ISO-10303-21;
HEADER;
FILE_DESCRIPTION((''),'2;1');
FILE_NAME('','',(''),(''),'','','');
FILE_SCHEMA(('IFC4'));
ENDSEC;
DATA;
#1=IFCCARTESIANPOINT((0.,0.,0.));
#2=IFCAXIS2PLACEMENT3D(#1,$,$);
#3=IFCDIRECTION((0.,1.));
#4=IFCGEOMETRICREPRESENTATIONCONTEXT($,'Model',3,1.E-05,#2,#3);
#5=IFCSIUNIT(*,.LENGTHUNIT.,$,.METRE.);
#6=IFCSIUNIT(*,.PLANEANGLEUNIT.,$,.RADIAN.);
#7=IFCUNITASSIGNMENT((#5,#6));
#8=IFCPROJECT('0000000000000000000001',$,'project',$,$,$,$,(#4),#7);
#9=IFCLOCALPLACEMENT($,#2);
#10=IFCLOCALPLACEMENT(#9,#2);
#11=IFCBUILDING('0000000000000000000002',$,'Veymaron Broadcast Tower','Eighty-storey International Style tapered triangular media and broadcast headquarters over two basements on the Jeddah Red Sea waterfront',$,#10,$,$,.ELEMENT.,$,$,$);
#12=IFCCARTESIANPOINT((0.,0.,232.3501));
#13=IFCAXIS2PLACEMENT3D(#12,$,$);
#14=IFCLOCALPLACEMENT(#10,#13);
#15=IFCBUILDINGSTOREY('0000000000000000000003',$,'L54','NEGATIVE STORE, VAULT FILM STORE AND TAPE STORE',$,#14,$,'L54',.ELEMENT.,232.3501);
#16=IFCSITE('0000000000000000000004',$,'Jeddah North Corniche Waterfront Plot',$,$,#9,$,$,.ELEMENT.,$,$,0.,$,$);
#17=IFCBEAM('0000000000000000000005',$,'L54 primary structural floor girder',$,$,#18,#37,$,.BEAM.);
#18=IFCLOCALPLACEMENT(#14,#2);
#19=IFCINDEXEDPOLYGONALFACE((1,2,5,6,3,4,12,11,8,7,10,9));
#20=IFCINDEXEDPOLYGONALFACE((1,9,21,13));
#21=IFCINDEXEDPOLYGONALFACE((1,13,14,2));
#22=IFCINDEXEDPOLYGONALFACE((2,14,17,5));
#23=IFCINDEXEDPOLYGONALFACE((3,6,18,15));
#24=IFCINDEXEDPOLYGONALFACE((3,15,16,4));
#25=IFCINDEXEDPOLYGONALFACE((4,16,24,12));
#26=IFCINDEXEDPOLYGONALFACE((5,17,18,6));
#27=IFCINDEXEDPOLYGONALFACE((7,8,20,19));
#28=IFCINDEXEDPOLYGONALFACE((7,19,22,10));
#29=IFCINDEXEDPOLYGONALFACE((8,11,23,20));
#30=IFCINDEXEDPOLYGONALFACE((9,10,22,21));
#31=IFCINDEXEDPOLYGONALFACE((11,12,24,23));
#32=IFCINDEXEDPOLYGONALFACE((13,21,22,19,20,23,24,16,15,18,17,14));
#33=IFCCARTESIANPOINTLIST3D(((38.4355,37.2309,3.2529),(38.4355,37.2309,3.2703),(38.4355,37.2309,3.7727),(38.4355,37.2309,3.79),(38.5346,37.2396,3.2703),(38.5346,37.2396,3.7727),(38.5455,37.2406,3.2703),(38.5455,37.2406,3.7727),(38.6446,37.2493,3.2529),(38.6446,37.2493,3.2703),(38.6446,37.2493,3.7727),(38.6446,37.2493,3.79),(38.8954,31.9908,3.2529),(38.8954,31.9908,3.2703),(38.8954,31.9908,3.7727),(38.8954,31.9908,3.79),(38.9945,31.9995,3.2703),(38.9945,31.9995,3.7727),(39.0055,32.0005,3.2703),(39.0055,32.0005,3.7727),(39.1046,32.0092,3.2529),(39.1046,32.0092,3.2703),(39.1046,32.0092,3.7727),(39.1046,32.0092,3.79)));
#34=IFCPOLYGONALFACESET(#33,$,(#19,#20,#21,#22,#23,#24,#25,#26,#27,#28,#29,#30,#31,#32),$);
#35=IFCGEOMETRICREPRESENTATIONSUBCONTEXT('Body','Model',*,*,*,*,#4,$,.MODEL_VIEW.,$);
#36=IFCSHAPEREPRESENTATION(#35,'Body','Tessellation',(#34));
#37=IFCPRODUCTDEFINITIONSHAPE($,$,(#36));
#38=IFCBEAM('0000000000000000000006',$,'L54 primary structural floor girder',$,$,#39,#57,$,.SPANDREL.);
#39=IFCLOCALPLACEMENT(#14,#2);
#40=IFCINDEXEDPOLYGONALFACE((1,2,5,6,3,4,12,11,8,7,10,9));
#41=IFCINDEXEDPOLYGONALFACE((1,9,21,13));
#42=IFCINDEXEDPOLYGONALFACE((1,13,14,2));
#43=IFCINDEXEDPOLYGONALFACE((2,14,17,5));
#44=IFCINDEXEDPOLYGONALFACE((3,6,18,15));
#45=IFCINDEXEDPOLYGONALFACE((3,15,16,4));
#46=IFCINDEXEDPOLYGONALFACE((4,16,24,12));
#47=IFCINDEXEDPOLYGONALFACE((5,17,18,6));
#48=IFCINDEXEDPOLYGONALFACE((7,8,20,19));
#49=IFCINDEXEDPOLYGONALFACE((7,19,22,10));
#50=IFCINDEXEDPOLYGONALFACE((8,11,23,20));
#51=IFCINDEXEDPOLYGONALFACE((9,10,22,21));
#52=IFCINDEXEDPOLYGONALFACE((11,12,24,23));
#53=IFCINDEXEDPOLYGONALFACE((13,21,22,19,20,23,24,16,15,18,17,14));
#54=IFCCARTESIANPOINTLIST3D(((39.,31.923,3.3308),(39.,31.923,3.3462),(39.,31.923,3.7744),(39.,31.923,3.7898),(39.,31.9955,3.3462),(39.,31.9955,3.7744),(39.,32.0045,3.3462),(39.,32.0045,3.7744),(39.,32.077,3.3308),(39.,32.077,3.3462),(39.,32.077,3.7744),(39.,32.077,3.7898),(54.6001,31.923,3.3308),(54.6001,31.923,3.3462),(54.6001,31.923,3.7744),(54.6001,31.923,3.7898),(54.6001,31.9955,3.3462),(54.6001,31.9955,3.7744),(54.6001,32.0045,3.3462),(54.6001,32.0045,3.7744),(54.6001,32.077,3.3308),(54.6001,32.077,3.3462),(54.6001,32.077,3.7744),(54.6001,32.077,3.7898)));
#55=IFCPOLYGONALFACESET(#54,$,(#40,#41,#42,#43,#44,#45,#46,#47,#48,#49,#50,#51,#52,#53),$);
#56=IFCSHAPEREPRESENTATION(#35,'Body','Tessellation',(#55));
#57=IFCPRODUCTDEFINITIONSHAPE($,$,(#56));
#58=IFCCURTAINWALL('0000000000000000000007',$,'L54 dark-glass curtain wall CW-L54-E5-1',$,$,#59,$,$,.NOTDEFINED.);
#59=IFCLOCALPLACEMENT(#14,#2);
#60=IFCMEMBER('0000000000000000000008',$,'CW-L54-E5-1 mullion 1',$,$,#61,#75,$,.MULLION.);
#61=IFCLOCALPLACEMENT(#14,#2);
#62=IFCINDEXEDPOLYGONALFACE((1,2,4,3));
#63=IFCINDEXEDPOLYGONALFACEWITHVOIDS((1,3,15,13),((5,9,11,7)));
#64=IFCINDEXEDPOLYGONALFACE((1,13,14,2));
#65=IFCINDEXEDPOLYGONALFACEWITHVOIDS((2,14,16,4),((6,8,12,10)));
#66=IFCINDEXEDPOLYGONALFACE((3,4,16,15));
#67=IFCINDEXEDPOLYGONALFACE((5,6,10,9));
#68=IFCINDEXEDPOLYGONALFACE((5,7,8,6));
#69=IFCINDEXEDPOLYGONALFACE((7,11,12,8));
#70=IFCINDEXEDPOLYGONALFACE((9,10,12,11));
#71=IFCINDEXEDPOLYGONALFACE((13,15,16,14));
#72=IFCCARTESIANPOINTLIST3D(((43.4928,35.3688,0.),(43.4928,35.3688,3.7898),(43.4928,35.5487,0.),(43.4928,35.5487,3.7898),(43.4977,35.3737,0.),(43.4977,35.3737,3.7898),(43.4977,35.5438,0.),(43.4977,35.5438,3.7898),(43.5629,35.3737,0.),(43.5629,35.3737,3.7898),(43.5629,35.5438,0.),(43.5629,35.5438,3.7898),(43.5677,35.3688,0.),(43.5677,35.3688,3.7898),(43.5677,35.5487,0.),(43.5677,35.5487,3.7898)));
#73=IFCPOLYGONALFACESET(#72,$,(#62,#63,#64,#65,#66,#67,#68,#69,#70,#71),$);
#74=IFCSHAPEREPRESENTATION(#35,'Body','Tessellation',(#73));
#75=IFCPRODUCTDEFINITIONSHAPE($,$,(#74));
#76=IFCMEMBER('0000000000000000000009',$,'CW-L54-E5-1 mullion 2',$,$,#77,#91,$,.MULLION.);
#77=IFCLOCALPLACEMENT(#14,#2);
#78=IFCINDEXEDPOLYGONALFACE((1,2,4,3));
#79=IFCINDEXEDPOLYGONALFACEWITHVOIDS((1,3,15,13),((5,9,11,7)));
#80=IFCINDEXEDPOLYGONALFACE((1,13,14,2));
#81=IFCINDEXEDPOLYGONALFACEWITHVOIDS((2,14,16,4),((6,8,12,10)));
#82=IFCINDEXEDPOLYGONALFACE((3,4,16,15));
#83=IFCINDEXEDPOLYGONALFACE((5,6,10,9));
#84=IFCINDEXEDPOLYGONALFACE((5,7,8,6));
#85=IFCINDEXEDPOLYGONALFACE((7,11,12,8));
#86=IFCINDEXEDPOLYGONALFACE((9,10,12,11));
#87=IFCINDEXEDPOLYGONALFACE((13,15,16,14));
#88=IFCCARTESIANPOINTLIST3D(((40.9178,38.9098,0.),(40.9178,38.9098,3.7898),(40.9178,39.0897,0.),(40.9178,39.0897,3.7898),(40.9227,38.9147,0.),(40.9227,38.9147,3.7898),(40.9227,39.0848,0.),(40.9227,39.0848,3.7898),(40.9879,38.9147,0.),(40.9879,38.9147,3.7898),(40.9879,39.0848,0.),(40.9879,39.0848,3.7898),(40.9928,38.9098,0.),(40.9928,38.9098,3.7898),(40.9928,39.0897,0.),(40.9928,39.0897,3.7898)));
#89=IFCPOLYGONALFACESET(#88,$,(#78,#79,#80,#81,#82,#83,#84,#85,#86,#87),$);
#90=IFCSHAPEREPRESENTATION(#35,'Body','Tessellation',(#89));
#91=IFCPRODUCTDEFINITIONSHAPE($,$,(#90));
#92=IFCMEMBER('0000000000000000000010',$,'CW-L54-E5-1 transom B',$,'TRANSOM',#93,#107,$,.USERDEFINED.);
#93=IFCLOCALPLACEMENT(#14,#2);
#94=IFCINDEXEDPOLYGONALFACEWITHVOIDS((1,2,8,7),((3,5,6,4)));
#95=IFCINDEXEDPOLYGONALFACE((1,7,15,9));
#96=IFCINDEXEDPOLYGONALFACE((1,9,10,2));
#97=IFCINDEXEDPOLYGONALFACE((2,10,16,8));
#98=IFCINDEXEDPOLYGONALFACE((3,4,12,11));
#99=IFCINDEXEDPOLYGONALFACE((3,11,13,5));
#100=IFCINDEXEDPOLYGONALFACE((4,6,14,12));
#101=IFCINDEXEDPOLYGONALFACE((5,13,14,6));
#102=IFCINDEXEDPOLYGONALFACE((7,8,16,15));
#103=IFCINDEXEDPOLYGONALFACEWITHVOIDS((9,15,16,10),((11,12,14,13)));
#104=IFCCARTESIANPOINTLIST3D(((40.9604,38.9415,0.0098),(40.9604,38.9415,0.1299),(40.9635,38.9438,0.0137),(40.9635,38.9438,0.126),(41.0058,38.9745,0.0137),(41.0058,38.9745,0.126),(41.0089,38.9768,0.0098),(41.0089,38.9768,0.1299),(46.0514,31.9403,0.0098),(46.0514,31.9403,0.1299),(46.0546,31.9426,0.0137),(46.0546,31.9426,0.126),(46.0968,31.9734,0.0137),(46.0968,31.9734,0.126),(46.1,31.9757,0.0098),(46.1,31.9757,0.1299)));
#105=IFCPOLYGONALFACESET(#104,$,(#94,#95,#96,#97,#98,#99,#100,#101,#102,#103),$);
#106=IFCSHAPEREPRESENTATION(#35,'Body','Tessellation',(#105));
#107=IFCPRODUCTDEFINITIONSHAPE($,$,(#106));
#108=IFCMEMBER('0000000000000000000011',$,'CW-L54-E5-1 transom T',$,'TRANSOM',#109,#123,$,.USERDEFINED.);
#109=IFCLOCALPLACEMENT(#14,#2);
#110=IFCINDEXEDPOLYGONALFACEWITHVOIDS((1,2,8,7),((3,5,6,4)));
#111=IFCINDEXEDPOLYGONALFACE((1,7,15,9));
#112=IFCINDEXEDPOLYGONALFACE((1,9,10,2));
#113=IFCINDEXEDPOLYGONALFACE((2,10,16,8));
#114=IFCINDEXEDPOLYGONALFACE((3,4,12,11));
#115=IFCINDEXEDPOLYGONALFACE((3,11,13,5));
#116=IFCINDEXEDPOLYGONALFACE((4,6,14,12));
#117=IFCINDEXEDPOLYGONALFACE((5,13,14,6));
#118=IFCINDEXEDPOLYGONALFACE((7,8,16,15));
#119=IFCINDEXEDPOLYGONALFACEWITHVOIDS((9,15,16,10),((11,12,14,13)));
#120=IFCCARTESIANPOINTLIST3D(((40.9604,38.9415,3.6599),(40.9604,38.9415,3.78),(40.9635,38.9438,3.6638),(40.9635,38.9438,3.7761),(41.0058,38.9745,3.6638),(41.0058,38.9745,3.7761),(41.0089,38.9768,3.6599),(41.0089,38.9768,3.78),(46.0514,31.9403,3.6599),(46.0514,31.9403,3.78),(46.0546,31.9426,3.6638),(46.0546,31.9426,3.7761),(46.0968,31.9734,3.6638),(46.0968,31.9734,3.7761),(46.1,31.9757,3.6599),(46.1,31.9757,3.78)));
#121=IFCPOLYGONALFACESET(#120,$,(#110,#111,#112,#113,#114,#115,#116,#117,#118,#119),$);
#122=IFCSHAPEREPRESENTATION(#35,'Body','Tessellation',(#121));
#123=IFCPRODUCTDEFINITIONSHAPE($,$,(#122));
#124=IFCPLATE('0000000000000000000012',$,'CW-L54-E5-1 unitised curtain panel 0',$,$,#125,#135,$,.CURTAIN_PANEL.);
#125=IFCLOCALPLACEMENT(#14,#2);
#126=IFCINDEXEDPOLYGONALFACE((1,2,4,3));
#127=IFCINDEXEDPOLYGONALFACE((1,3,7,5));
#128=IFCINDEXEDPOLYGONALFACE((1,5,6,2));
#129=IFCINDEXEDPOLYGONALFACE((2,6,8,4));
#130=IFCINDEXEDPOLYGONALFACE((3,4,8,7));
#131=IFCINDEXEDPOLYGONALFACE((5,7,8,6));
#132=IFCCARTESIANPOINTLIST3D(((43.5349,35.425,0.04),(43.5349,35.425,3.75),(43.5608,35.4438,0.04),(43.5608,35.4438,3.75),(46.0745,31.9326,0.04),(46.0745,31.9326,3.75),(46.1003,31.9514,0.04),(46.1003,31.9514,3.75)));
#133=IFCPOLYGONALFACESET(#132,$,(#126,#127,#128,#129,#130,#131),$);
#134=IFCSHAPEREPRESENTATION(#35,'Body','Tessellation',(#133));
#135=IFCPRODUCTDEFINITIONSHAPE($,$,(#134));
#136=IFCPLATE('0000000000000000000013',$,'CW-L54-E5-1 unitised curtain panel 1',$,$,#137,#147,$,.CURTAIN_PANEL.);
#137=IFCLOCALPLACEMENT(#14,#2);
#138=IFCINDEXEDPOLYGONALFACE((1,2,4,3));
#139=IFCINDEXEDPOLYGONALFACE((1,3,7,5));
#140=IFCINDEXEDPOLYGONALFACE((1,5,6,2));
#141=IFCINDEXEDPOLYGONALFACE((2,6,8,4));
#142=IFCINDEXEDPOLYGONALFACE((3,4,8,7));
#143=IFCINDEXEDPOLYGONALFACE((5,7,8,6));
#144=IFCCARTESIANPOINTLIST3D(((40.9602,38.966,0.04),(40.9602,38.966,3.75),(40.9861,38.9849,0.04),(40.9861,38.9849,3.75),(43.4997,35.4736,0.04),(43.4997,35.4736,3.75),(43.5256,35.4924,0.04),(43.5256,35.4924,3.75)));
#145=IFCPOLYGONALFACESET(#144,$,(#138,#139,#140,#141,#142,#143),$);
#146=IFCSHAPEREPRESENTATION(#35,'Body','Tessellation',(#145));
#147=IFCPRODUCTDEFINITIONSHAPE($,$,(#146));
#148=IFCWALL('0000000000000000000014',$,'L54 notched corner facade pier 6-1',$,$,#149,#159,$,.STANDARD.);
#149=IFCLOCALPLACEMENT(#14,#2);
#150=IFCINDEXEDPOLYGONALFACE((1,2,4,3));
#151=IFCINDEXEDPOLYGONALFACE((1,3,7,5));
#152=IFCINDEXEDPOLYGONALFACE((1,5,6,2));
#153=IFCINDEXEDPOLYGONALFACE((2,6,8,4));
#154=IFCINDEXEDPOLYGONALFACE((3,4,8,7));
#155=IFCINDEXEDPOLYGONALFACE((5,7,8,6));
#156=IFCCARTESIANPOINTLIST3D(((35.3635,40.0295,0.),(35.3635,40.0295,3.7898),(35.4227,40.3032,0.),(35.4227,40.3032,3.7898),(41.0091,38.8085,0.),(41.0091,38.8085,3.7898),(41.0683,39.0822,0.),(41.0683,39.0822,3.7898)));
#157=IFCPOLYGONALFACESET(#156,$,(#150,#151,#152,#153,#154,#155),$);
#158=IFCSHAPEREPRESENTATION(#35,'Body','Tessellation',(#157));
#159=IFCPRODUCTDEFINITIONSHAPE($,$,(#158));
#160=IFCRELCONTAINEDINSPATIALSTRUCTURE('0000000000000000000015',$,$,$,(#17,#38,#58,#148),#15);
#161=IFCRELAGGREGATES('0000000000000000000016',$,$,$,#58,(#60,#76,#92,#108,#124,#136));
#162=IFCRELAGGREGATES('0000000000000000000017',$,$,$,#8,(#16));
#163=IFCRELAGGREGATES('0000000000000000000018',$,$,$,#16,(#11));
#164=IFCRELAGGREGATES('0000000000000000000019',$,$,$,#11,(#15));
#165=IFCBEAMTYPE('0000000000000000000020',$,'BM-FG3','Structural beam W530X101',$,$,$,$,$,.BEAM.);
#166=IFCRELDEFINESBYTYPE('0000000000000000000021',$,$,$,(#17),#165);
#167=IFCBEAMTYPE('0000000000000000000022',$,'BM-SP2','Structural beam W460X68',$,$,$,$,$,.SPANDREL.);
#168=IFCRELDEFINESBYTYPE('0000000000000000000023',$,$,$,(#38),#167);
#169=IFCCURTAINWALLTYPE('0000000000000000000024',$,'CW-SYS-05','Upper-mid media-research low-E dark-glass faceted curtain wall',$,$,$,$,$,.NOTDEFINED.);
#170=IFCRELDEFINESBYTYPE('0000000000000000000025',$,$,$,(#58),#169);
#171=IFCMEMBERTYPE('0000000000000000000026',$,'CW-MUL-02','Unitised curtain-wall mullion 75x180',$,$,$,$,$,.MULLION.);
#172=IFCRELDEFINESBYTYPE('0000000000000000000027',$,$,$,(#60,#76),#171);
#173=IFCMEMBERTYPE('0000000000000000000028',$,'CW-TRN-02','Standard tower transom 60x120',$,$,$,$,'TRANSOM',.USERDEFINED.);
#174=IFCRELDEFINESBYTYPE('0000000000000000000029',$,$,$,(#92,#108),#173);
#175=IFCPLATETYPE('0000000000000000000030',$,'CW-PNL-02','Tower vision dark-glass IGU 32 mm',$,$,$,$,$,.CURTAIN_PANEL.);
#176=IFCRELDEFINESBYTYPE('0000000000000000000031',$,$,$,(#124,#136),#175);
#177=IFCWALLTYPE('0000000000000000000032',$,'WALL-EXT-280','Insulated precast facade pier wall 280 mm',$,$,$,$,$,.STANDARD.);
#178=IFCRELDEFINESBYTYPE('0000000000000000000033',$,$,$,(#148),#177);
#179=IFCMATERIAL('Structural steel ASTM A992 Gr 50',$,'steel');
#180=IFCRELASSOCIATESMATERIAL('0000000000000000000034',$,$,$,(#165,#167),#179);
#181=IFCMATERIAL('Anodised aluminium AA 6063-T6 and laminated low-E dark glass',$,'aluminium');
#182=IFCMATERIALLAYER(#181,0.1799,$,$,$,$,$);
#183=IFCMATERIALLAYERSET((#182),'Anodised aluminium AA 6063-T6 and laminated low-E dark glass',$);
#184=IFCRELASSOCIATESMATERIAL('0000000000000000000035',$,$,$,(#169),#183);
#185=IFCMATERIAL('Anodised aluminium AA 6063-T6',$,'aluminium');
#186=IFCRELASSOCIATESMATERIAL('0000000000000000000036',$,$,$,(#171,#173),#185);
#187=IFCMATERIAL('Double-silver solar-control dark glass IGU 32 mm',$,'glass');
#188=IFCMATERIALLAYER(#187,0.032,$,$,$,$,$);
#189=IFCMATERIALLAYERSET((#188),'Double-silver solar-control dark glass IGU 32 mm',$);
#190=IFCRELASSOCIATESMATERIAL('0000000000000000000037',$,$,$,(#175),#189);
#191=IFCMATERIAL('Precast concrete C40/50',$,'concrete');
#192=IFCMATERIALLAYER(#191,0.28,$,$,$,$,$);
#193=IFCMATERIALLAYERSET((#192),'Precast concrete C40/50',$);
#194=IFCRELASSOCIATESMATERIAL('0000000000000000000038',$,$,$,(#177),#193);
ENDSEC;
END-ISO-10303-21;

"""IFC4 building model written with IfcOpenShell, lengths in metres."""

from ifc_helpers import new_model, si_unit, direction, frame, frame_2d, origin, origin_2d, place, context, subcontext, project, spatial, rectangle, hollow_rectangle, i_section, extrude, material, layer, layer_set, material_profile, profile_set, type_object, element, aggregate, save


model = new_model("IFC4")

# Units and contexts
model_context = context("Model", 3, precision=1e-05, world=origin(), true_north=direction((0.0, 1.0)))
body_context = subcontext(model_context, "Body", "Model", "MODEL_VIEW")
ifc_project = project(units=[si_unit("LENGTHUNIT", "METRE"), si_unit("PLANEANGLEUNIT", "RADIAN")], contexts=[model_context])

# Site, building, storey
site_placement = place(None, origin())
site = spatial("IfcSite", under=ifc_project, at=site_placement, Name="Jeddah North Corniche Waterfront Plot", CompositionType="ELEMENT", RefElevation=0.0)
building_placement = place(site_placement, origin())
building = spatial("IfcBuilding", under=site, at=building_placement, Name="Veymaron Broadcast Tower", Description="Eighty-storey International Style tapered triangular media and broadcast headquarters over two basements on the Jeddah Red Sea waterfront", CompositionType="ELEMENT")
storey_placement = place(building_placement, frame((0.0, 0.0, 232.3501)))
storey = spatial("IfcBuildingStorey", under=building, at=storey_placement, Name="L54", Description="NEGATIVE STORE, VAULT FILM STORE AND TAPE STORE", LongName="L54", CompositionType="ELEMENT", Elevation=232.3501)

# Beams
ifc_material_1 = material(Name="Structural steel ASTM A992 Gr 50", Category="steel")
ifc_material_profile_1 = material_profile(ifc_material_1, i_section(OverallWidth=0.21, OverallDepth=0.5371, WebThickness=0.011, FlangeThickness=0.0173, at=origin_2d()), Name="W530X101")
ifc_profile_set_1 = profile_set([ifc_material_profile_1], Name="Structural steel ASTM A992 Gr 50")
beam_type_1 = type_object("IfcBeamType", Name="BM-FG3", Description="Structural beam W530X101", PredefinedType="BEAM", material=ifc_profile_set_1)
beam_1_placement = place(storey_placement, frame((39.0, 32.0, 3.5215), z_axis=(-0.087443, 0.99617, 0.0), x_axis=(-0.99617, -0.087443, 0.0)))
element("IfcBeam", 1, at=beam_1_placement, inside=storey, type_object=beam_type_1, Name="L54 primary structural floor girder", PredefinedType="BEAM", context=body_context, shape_type="SweptSolid", body=[
    extrude(i_section(OverallWidth=0.21, OverallDepth=0.5371, WebThickness=0.011, FlangeThickness=0.0173, at=origin_2d()), origin(), (0.0, 0.0, 1.0), 5.2603),
])
ifc_material_profile_2 = material_profile(ifc_material_1, i_section(OverallWidth=0.1541, OverallDepth=0.459, WebThickness=0.009, FlangeThickness=0.0154, at=origin_2d()), Name="W460X68")
ifc_profile_set_2 = profile_set([ifc_material_profile_2], Name="Structural steel ASTM A992 Gr 50")
beam_type_2 = type_object("IfcBeamType", Name="BM-SP2", Description="Structural beam W460X68", PredefinedType="SPANDREL", material=ifc_profile_set_2)
beam_2_placement = place(storey_placement, frame((39.0, 32.0, 3.5603), z_axis=(1.0, 0.0, 0.0), x_axis=(0.0, 1.0, 0.0)))
element("IfcBeam", 2, at=beam_2_placement, inside=storey, type_object=beam_type_2, Name="L54 primary structural floor girder", PredefinedType="SPANDREL", context=body_context, shape_type="SweptSolid", body=[
    extrude(i_section(OverallWidth=0.1541, OverallDepth=0.459, WebThickness=0.009, FlangeThickness=0.0154, at=origin_2d()), origin(), (0.0, 0.0, 1.0), 15.6001),
])

# Curtain wall, members, plates
ifc_material_2 = material(Name="Anodised aluminium AA 6063-T6 and laminated low-E dark glass", Category="aluminium")
ifc_layer_1 = layer(ifc_material_2, 0.1799)
ifc_layer_set_1 = layer_set([ifc_layer_1], Name="Anodised aluminium AA 6063-T6 and laminated low-E dark glass")
curtain_wall_type = type_object("IfcCurtainWallType", Name="CW-SYS-05", Description="Upper-mid media-research low-E dark-glass faceted curtain wall", PredefinedType="NOTDEFINED", material=ifc_layer_set_1)
curtain_wall_placement = place(storey_placement, origin())
curtain_wall = element("IfcCurtainWall", 3, at=curtain_wall_placement, inside=storey, type_object=curtain_wall_type, Name="L54 dark-glass curtain wall CW-L54-E5-1", PredefinedType="NOTDEFINED")
ifc_material_3 = material(Name="Anodised aluminium AA 6063-T6", Category="aluminium")
ifc_material_profile_3 = material_profile(ifc_material_3, hollow_rectangle(XDim=0.075, YDim=0.1799, WallThickness=0.0049, at=origin_2d()), Name="AL180X75X5")
ifc_profile_set_3 = profile_set([ifc_material_profile_3], Name="Anodised aluminium AA 6063-T6")
member_type_1 = type_object("IfcMemberType", Name="CW-MUL-02", Description="Unitised curtain-wall mullion 75x180", PredefinedType="MULLION", material=ifc_profile_set_3)
member_1_placement = place(storey_placement, frame((43.5303, 35.4587, 0.0), z_axis=(0.0, 0.0, 1.0), x_axis=(1.0, 0.0, 0.0)))
member_1 = element("IfcMember", 4, at=member_1_placement, type_object=member_type_1, Name="CW-L54-E5-1 mullion 1", PredefinedType="MULLION", context=body_context, shape_type="SweptSolid", body=[
    extrude(hollow_rectangle(XDim=0.075, YDim=0.1799, WallThickness=0.0049, at=origin_2d()), origin(), (0.0, 0.0, 1.0), 3.7898),
])
member_2_placement = place(storey_placement, frame((40.9553, 38.9998, 0.0), z_axis=(0.0, 0.0, 1.0), x_axis=(1.0, 0.0, 0.0)))
member_2 = element("IfcMember", 5, at=member_2_placement, type_object=member_type_1, Name="CW-L54-E5-1 mullion 2", PredefinedType="MULLION", context=body_context, shape_type="SweptSolid", body=[
    extrude(hollow_rectangle(XDim=0.075, YDim=0.1799, WallThickness=0.0049, at=origin_2d()), origin(), (0.0, 0.0, 1.0), 3.7898),
])
ifc_material_profile_4 = material_profile(ifc_material_3, hollow_rectangle(XDim=0.0601, YDim=0.1201, WallThickness=0.0039, at=origin_2d()), Name="AL120X60X4")
ifc_profile_set_4 = profile_set([ifc_material_profile_4], Name="Anodised aluminium AA 6063-T6")
member_type_2 = type_object("IfcMemberType", Name="CW-TRN-02", Description="Standard tower transom 60x120", ElementType="TRANSOM", PredefinedType="USERDEFINED", material=ifc_profile_set_4)
member_3_placement = place(storey_placement, frame((46.0757, 31.958, 0.0698), z_axis=(-0.588116, 0.808776, 0.0), x_axis=(-0.808776, -0.588116, 0.0)))
member_3 = element("IfcMember", 6, at=member_3_placement, type_object=member_type_2, Name="CW-L54-E5-1 transom B", ObjectType="TRANSOM", PredefinedType="USERDEFINED", context=body_context, shape_type="SweptSolid", body=[
    extrude(hollow_rectangle(XDim=0.0601, YDim=0.1201, WallThickness=0.0039, at=origin_2d()), origin(), (0.0, 0.0, 1.0), 8.6565),
])
member_4_placement = place(storey_placement, frame((46.0757, 31.958, 3.72), z_axis=(-0.588116, 0.808776, 0.0), x_axis=(-0.808776, -0.588116, 0.0)))
member_4 = element("IfcMember", 7, at=member_4_placement, type_object=member_type_2, Name="CW-L54-E5-1 transom T", ObjectType="TRANSOM", PredefinedType="USERDEFINED", context=body_context, shape_type="SweptSolid", body=[
    extrude(hollow_rectangle(XDim=0.0601, YDim=0.1201, WallThickness=0.0039, at=origin_2d()), origin(), (0.0, 0.0, 1.0), 8.6565),
])
ifc_material_4 = material(Name="Double-silver solar-control dark glass IGU 32 mm", Category="glass")
ifc_layer_2 = layer(ifc_material_4, 0.032)
ifc_layer_set_2 = layer_set([ifc_layer_2], Name="Double-silver solar-control dark glass IGU 32 mm")
plate_type = type_object("IfcPlateType", Name="CW-PNL-02", Description="Tower vision dark-glass IGU 32 mm", PredefinedType="CURTAIN_PANEL", material=ifc_layer_set_2)
plate_1_placement = place(storey_placement, frame((44.8176, 33.6882, 0.04), z_axis=(0.0, 0.0, 1.0), x_axis=(-0.58811, 0.808781, 0.0)))
plate_1 = element("IfcPlate", 8, at=plate_1_placement, type_object=plate_type, Name="CW-L54-E5-1 unitised curtain panel 0", PredefinedType="CURTAIN_PANEL", context=body_context, shape_type="SweptSolid", body=[
    extrude(rectangle(XDim=4.3181, YDim=0.032, at=origin_2d()), origin(), (0.0, 0.0, 1.0), 3.71),
])
plate_2_placement = place(storey_placement, frame((42.2429, 37.2292, 0.04), z_axis=(0.0, 0.0, 1.0), x_axis=(-0.58811, 0.808781, 0.0)))
plate_2 = element("IfcPlate", 9, at=plate_2_placement, type_object=plate_type, Name="CW-L54-E5-1 unitised curtain panel 1", PredefinedType="CURTAIN_PANEL", context=body_context, shape_type="SweptSolid", body=[
    extrude(rectangle(XDim=4.3181, YDim=0.032, at=origin_2d()), origin(), (0.0, 0.0, 1.0), 3.71),
])
aggregate(curtain_wall, [member_1, member_2, member_3, member_4, plate_1, plate_2])

# Wall
ifc_material_5 = material(Name="Precast concrete C40/50", Category="concrete")
ifc_layer_3 = layer(ifc_material_5, 0.28)
ifc_layer_set_3 = layer_set([ifc_layer_3], Name="Precast concrete C40/50")
wall_type_1 = type_object("IfcWallType", Name="WALL-EXT-280", Description="Insulated precast facade pier wall 280 mm", PredefinedType="STANDARD", material=ifc_layer_set_3)
wall_1_placement = place(storey_placement, frame((41.0388, 38.9453, 0.0), z_axis=(0.0, 0.0, 1.0), x_axis=(-0.977404, 0.211382, 0.0)))
element("IfcWall", 10, at=wall_1_placement, inside=storey, type_object=wall_type_1, Name="L54 notched corner facade pier 6-1", PredefinedType="STANDARD", context=body_context, shape_type="SweptSolid", body=[
    extrude(rectangle(XDim=5.7761, YDim=0.28, at=frame_2d((2.8882, 0.0))), origin(), (0.0, 0.0, 1.0), 3.7898),
])

save(model, "model.ifc")
